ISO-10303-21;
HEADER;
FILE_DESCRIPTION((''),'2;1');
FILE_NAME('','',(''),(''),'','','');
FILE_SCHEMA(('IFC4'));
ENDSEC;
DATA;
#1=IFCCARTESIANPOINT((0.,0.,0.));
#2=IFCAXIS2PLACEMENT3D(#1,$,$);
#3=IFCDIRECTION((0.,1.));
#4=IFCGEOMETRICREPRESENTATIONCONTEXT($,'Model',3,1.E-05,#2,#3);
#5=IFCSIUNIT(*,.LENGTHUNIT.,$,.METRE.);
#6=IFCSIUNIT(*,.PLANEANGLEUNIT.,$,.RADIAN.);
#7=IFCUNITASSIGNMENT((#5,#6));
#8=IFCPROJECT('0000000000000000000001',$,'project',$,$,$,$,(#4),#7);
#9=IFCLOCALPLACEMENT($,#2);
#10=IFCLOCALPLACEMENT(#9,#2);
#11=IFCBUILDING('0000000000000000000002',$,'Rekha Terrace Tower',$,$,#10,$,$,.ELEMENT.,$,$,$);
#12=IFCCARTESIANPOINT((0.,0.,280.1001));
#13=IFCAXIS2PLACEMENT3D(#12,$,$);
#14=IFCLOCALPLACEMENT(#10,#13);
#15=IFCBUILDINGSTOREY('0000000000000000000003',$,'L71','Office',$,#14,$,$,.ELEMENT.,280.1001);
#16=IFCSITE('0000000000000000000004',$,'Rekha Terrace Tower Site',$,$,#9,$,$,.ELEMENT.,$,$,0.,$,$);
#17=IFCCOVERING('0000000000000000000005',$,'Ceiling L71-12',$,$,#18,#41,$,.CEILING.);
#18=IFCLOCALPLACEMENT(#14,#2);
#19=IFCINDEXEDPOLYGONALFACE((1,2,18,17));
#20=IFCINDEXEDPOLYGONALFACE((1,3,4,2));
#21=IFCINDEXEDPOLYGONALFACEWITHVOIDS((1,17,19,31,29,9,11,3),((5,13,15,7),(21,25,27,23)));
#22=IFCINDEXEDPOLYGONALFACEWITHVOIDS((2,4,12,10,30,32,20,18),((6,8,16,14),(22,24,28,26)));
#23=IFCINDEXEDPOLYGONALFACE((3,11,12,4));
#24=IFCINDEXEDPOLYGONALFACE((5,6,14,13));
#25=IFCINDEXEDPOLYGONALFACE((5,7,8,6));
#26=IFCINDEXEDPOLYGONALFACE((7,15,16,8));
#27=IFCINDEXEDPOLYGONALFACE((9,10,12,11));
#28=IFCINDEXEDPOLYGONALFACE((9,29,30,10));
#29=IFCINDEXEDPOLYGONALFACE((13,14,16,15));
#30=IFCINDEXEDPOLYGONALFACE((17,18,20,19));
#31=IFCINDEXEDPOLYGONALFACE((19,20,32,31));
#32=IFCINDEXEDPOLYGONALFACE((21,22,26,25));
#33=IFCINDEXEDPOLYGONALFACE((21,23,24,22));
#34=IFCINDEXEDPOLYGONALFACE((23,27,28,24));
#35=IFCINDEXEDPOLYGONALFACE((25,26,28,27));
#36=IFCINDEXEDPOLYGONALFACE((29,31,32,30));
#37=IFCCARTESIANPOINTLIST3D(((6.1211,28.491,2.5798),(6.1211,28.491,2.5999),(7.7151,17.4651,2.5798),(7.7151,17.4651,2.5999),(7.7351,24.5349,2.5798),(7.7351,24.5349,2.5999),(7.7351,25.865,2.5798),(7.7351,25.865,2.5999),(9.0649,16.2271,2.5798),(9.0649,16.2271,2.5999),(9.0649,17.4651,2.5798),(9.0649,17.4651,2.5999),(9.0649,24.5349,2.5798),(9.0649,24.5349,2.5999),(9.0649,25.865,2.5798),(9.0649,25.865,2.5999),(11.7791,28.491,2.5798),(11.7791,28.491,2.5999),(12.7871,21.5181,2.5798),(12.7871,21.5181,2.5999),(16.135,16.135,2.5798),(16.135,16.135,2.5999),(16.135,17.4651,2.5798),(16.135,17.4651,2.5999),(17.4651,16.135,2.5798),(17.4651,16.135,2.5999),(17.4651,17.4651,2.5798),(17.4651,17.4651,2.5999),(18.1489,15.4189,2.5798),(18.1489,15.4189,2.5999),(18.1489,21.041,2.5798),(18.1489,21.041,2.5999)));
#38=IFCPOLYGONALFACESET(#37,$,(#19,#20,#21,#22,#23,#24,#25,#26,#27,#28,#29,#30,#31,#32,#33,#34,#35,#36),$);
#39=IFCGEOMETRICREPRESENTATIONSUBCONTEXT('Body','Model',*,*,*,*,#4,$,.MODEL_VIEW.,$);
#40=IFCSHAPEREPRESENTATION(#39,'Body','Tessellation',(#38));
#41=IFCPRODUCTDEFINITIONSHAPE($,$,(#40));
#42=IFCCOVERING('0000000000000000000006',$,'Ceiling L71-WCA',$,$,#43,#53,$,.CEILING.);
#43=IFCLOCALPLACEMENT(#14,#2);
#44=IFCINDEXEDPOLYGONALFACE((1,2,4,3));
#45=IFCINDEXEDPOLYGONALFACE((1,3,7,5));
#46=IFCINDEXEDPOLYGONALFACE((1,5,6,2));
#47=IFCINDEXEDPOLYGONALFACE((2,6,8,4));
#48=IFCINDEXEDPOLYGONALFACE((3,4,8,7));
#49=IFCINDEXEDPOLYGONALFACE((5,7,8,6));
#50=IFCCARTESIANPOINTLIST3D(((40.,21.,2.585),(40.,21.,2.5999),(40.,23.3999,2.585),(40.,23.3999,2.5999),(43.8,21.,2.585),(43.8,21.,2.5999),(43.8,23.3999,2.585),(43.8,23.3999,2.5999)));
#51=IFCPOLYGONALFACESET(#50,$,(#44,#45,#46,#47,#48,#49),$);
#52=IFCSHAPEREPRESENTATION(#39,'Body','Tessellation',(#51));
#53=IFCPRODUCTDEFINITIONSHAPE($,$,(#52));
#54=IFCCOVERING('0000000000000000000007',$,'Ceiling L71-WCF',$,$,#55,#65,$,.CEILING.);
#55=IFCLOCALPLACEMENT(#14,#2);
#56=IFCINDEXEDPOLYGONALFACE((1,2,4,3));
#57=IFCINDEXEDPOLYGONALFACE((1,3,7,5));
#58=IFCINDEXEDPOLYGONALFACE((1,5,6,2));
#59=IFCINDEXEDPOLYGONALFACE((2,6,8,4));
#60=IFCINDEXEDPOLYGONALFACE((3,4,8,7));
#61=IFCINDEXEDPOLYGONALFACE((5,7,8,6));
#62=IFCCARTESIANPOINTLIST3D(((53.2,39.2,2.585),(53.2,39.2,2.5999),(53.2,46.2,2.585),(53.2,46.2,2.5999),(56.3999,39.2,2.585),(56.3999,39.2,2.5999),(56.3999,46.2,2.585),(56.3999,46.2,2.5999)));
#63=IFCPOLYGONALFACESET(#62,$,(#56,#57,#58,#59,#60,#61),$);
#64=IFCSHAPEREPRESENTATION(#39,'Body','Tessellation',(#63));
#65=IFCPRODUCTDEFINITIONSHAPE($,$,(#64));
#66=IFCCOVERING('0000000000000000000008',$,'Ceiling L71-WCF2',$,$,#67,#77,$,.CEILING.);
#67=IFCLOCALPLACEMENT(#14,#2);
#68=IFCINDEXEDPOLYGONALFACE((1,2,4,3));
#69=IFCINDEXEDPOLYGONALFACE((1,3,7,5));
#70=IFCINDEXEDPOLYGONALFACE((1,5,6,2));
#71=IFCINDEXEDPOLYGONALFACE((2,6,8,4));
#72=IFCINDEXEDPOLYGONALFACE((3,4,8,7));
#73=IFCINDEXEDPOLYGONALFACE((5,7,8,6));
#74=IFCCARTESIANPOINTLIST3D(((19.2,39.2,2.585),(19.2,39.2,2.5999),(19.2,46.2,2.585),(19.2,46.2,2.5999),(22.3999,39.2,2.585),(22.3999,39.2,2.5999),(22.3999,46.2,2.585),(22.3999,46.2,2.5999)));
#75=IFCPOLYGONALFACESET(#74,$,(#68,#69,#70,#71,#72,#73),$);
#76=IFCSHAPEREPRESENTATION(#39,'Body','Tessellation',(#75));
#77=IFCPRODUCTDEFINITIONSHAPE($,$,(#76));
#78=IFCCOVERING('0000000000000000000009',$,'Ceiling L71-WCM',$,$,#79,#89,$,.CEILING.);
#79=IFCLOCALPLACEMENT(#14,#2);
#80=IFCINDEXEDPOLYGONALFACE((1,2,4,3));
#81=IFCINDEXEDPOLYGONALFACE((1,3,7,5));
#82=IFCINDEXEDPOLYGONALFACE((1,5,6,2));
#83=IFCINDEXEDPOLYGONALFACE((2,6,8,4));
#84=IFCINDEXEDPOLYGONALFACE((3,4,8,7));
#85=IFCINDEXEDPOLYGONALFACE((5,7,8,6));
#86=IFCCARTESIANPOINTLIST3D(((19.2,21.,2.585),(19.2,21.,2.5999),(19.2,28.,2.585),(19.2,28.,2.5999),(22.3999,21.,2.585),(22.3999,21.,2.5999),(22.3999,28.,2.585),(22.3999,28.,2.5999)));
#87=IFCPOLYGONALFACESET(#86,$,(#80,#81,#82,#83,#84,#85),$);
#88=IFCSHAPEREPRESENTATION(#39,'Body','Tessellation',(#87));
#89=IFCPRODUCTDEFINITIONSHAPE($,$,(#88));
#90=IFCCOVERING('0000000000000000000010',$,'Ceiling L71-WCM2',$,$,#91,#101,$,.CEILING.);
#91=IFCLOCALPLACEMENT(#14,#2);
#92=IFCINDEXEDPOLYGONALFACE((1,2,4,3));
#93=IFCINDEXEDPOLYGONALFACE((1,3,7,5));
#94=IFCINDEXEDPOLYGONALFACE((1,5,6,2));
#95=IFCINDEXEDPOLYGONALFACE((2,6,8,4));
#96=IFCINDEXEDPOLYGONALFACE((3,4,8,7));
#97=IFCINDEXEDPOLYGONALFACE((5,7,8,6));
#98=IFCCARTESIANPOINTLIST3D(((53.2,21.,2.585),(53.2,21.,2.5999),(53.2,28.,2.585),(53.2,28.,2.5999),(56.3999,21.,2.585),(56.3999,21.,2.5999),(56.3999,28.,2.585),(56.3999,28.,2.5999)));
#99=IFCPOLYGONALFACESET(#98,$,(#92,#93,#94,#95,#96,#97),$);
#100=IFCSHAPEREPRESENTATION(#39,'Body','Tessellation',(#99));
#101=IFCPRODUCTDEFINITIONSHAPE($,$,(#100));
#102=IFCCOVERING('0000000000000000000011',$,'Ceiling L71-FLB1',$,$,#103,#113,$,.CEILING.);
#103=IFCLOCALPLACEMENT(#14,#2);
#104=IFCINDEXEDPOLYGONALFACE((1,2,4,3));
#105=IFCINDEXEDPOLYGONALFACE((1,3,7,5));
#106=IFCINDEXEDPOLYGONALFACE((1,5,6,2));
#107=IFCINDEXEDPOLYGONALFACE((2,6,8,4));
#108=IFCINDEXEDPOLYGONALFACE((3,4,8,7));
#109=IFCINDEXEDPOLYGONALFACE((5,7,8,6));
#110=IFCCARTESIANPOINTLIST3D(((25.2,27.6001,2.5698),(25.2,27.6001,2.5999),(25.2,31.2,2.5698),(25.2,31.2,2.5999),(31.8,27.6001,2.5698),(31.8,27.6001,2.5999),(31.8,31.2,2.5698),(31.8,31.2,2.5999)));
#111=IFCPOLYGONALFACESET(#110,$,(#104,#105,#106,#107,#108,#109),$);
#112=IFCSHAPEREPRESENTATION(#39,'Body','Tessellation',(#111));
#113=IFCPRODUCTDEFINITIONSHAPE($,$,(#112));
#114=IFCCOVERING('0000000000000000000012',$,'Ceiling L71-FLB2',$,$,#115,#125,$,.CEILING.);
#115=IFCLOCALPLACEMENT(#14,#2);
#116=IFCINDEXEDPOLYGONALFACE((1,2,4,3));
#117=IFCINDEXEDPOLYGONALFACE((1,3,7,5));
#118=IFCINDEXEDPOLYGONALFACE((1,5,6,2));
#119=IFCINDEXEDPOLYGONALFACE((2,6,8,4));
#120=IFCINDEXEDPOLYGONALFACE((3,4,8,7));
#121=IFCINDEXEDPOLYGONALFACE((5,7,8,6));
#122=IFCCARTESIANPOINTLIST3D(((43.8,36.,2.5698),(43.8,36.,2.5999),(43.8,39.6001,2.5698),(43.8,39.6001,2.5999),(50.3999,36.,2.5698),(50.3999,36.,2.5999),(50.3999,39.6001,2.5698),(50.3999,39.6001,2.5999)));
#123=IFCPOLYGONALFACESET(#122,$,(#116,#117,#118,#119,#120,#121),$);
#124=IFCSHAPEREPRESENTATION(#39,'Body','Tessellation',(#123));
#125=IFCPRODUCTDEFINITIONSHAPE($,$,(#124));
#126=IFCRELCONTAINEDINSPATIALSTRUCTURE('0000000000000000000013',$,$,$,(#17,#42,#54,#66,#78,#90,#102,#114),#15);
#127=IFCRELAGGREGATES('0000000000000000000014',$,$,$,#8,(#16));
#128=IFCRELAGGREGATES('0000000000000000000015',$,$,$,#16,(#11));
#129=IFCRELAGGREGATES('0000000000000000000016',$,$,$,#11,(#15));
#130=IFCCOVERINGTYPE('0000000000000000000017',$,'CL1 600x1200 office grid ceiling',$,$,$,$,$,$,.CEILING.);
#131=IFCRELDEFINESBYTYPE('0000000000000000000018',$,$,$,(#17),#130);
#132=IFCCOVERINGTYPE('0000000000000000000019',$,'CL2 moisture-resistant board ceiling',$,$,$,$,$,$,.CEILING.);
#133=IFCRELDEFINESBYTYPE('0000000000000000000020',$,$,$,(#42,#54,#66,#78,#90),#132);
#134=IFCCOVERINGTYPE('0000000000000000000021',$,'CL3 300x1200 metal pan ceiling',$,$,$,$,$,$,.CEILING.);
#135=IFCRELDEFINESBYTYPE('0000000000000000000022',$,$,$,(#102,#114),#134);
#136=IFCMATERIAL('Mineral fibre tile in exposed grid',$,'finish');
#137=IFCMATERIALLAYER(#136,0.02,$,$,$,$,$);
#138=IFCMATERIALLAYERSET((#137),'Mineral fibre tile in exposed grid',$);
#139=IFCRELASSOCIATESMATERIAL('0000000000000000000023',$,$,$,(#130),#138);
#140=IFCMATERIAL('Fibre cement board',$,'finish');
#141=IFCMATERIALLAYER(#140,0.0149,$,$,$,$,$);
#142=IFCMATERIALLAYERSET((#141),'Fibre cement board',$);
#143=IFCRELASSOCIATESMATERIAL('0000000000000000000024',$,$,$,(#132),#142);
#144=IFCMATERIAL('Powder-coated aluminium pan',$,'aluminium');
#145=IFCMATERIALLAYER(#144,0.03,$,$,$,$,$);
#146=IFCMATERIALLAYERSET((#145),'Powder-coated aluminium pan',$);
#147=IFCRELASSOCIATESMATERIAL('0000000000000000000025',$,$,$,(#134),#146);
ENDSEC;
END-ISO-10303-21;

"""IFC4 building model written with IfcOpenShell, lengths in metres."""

from ifc_helpers import new_model, si_unit, direction, frame, origin, place, context, subcontext, project, spatial, polyline, outline, extrude, material, layer, layer_set, type_object, element, save


model = new_model("IFC4")

# Units and contexts
model_context = context("Model", 3, precision=1e-05, world=origin(), true_north=direction((0.0, 1.0)))
body_context = subcontext(model_context, "Body", "Model", "MODEL_VIEW")
ifc_project = project(units=[si_unit("LENGTHUNIT", "METRE"), si_unit("PLANEANGLEUNIT", "RADIAN")], contexts=[model_context])

# Site, building, storey
site_placement = place(None, origin())
site = spatial("IfcSite", under=ifc_project, at=site_placement, Name="Rekha Terrace Tower Site", CompositionType="ELEMENT", RefElevation=0.0)
building_placement = place(site_placement, origin())
building = spatial("IfcBuilding", under=site, at=building_placement, Name="Rekha Terrace Tower", CompositionType="ELEMENT")
storey_placement = place(building_placement, frame((0.0, 0.0, 280.1001)))
storey = spatial("IfcBuildingStorey", under=building, at=storey_placement, Name="L71", Description="Office", CompositionType="ELEMENT", Elevation=280.1001)

# Coverings
ifc_material_1 = material(Name="Mineral fibre tile in exposed grid", Category="finish")
ifc_layer_1 = layer(ifc_material_1, 0.02)
ifc_layer_set_1 = layer_set([ifc_layer_1], Name="Mineral fibre tile in exposed grid")
covering_type_1 = type_object("IfcCoveringType", Name="CL1 600x1200 office grid ceiling", PredefinedType="CEILING", material=ifc_layer_set_1)
covering_1_placement = place(storey_placement, frame((0.0, 0.0, 2.5798)))
element("IfcCovering", 1, at=covering_1_placement, inside=storey, type_object=covering_type_1, Name="Ceiling L71-12", PredefinedType="CEILING", context=body_context, shape_type="SweptSolid", body=[
    extrude(outline(polyline([(6.1211, 28.491), (7.7151, 17.4651), (9.0649, 17.4651), (9.0649, 16.2271), (18.1489, 15.4189), (18.1489, 21.041), (12.7871, 21.5181), (11.7791, 28.491), (6.1211, 28.491)]), holes=[polyline([(17.4651, 17.4651), (17.4651, 16.135), (16.135, 16.135), (16.135, 17.4651), (17.4651, 17.4651)]), polyline([(9.0649, 25.865), (9.0649, 24.5349), (7.7351, 24.5349), (7.7351, 25.865), (9.0649, 25.865)])]), origin(), (0.0, 0.0, 1.0), 0.02),
])
ifc_material_2 = material(Name="Fibre cement board", Category="finish")
ifc_layer_2 = layer(ifc_material_2, 0.0149)
ifc_layer_set_2 = layer_set([ifc_layer_2], Name="Fibre cement board")
covering_type_2 = type_object("IfcCoveringType", Name="CL2 moisture-resistant board ceiling", PredefinedType="CEILING", material=ifc_layer_set_2)
covering_2_placement = place(storey_placement, frame((0.0, 0.0, 2.585)))
element("IfcCovering", 2, at=covering_2_placement, inside=storey, type_object=covering_type_2, Name="Ceiling L71-WCA", PredefinedType="CEILING", context=body_context, shape_type="SweptSolid", body=[
    extrude(outline(polyline([(43.8, 23.3999), (40.0, 23.3999), (40.0, 21.0), (43.8, 21.0), (43.8, 23.3999)])), origin(), (0.0, 0.0, 1.0), 0.0149),
])
covering_3_placement = place(storey_placement, frame((0.0, 0.0, 2.585)))
element("IfcCovering", 3, at=covering_3_placement, inside=storey, type_object=covering_type_2, Name="Ceiling L71-WCF", PredefinedType="CEILING", context=body_context, shape_type="SweptSolid", body=[
    extrude(outline(polyline([(56.3999, 46.2), (53.2, 46.2), (53.2, 39.2), (56.3999, 39.2), (56.3999, 46.2)])), origin(), (0.0, 0.0, 1.0), 0.0149),
])
covering_4_placement = place(storey_placement, frame((0.0, 0.0, 2.585)))
element("IfcCovering", 4, at=covering_4_placement, inside=storey, type_object=covering_type_2, Name="Ceiling L71-WCF2", PredefinedType="CEILING", context=body_context, shape_type="SweptSolid", body=[
    extrude(outline(polyline([(22.3999, 46.2), (19.2, 46.2), (19.2, 39.2), (22.3999, 39.2), (22.3999, 46.2)])), origin(), (0.0, 0.0, 1.0), 0.0149),
])
covering_5_placement = place(storey_placement, frame((0.0, 0.0, 2.585)))
element("IfcCovering", 5, at=covering_5_placement, inside=storey, type_object=covering_type_2, Name="Ceiling L71-WCM", PredefinedType="CEILING", context=body_context, shape_type="SweptSolid", body=[
    extrude(outline(polyline([(22.3999, 28.0), (19.2, 28.0), (19.2, 21.0), (22.3999, 21.0), (22.3999, 28.0)])), origin(), (0.0, 0.0, 1.0), 0.0149),
])
covering_6_placement = place(storey_placement, frame((0.0, 0.0, 2.585)))
element("IfcCovering", 6, at=covering_6_placement, inside=storey, type_object=covering_type_2, Name="Ceiling L71-WCM2", PredefinedType="CEILING", context=body_context, shape_type="SweptSolid", body=[
    extrude(outline(polyline([(56.3999, 28.0), (53.2, 28.0), (53.2, 21.0), (56.3999, 21.0), (56.3999, 28.0)])), origin(), (0.0, 0.0, 1.0), 0.0149),
])
ifc_material_3 = material(Name="Powder-coated aluminium pan", Category="aluminium")
ifc_layer_3 = layer(ifc_material_3, 0.03)
ifc_layer_set_3 = layer_set([ifc_layer_3], Name="Powder-coated aluminium pan")
covering_type_3 = type_object("IfcCoveringType", Name="CL3 300x1200 metal pan ceiling", PredefinedType="CEILING", material=ifc_layer_set_3)
covering_7_placement = place(storey_placement, frame((0.0, 0.0, 2.5698)))
element("IfcCovering", 7, at=covering_7_placement, inside=storey, type_object=covering_type_3, Name="Ceiling L71-FLB1", PredefinedType="CEILING", context=body_context, shape_type="SweptSolid", body=[
    extrude(outline(polyline([(31.8, 31.2), (25.2, 31.2), (25.2, 27.6001), (31.8, 27.6001), (31.8, 31.2)])), origin(), (0.0, 0.0, 1.0), 0.03),
])
covering_8_placement = place(storey_placement, frame((0.0, 0.0, 2.5698)))
element("IfcCovering", 8, at=covering_8_placement, inside=storey, type_object=covering_type_3, Name="Ceiling L71-FLB2", PredefinedType="CEILING", context=body_context, shape_type="SweptSolid", body=[
    extrude(outline(polyline([(50.3999, 39.6001), (43.8, 39.6001), (43.8, 36.0), (50.3999, 36.0), (50.3999, 39.6001)])), origin(), (0.0, 0.0, 1.0), 0.03),
])

save(model, "model.ifc")
